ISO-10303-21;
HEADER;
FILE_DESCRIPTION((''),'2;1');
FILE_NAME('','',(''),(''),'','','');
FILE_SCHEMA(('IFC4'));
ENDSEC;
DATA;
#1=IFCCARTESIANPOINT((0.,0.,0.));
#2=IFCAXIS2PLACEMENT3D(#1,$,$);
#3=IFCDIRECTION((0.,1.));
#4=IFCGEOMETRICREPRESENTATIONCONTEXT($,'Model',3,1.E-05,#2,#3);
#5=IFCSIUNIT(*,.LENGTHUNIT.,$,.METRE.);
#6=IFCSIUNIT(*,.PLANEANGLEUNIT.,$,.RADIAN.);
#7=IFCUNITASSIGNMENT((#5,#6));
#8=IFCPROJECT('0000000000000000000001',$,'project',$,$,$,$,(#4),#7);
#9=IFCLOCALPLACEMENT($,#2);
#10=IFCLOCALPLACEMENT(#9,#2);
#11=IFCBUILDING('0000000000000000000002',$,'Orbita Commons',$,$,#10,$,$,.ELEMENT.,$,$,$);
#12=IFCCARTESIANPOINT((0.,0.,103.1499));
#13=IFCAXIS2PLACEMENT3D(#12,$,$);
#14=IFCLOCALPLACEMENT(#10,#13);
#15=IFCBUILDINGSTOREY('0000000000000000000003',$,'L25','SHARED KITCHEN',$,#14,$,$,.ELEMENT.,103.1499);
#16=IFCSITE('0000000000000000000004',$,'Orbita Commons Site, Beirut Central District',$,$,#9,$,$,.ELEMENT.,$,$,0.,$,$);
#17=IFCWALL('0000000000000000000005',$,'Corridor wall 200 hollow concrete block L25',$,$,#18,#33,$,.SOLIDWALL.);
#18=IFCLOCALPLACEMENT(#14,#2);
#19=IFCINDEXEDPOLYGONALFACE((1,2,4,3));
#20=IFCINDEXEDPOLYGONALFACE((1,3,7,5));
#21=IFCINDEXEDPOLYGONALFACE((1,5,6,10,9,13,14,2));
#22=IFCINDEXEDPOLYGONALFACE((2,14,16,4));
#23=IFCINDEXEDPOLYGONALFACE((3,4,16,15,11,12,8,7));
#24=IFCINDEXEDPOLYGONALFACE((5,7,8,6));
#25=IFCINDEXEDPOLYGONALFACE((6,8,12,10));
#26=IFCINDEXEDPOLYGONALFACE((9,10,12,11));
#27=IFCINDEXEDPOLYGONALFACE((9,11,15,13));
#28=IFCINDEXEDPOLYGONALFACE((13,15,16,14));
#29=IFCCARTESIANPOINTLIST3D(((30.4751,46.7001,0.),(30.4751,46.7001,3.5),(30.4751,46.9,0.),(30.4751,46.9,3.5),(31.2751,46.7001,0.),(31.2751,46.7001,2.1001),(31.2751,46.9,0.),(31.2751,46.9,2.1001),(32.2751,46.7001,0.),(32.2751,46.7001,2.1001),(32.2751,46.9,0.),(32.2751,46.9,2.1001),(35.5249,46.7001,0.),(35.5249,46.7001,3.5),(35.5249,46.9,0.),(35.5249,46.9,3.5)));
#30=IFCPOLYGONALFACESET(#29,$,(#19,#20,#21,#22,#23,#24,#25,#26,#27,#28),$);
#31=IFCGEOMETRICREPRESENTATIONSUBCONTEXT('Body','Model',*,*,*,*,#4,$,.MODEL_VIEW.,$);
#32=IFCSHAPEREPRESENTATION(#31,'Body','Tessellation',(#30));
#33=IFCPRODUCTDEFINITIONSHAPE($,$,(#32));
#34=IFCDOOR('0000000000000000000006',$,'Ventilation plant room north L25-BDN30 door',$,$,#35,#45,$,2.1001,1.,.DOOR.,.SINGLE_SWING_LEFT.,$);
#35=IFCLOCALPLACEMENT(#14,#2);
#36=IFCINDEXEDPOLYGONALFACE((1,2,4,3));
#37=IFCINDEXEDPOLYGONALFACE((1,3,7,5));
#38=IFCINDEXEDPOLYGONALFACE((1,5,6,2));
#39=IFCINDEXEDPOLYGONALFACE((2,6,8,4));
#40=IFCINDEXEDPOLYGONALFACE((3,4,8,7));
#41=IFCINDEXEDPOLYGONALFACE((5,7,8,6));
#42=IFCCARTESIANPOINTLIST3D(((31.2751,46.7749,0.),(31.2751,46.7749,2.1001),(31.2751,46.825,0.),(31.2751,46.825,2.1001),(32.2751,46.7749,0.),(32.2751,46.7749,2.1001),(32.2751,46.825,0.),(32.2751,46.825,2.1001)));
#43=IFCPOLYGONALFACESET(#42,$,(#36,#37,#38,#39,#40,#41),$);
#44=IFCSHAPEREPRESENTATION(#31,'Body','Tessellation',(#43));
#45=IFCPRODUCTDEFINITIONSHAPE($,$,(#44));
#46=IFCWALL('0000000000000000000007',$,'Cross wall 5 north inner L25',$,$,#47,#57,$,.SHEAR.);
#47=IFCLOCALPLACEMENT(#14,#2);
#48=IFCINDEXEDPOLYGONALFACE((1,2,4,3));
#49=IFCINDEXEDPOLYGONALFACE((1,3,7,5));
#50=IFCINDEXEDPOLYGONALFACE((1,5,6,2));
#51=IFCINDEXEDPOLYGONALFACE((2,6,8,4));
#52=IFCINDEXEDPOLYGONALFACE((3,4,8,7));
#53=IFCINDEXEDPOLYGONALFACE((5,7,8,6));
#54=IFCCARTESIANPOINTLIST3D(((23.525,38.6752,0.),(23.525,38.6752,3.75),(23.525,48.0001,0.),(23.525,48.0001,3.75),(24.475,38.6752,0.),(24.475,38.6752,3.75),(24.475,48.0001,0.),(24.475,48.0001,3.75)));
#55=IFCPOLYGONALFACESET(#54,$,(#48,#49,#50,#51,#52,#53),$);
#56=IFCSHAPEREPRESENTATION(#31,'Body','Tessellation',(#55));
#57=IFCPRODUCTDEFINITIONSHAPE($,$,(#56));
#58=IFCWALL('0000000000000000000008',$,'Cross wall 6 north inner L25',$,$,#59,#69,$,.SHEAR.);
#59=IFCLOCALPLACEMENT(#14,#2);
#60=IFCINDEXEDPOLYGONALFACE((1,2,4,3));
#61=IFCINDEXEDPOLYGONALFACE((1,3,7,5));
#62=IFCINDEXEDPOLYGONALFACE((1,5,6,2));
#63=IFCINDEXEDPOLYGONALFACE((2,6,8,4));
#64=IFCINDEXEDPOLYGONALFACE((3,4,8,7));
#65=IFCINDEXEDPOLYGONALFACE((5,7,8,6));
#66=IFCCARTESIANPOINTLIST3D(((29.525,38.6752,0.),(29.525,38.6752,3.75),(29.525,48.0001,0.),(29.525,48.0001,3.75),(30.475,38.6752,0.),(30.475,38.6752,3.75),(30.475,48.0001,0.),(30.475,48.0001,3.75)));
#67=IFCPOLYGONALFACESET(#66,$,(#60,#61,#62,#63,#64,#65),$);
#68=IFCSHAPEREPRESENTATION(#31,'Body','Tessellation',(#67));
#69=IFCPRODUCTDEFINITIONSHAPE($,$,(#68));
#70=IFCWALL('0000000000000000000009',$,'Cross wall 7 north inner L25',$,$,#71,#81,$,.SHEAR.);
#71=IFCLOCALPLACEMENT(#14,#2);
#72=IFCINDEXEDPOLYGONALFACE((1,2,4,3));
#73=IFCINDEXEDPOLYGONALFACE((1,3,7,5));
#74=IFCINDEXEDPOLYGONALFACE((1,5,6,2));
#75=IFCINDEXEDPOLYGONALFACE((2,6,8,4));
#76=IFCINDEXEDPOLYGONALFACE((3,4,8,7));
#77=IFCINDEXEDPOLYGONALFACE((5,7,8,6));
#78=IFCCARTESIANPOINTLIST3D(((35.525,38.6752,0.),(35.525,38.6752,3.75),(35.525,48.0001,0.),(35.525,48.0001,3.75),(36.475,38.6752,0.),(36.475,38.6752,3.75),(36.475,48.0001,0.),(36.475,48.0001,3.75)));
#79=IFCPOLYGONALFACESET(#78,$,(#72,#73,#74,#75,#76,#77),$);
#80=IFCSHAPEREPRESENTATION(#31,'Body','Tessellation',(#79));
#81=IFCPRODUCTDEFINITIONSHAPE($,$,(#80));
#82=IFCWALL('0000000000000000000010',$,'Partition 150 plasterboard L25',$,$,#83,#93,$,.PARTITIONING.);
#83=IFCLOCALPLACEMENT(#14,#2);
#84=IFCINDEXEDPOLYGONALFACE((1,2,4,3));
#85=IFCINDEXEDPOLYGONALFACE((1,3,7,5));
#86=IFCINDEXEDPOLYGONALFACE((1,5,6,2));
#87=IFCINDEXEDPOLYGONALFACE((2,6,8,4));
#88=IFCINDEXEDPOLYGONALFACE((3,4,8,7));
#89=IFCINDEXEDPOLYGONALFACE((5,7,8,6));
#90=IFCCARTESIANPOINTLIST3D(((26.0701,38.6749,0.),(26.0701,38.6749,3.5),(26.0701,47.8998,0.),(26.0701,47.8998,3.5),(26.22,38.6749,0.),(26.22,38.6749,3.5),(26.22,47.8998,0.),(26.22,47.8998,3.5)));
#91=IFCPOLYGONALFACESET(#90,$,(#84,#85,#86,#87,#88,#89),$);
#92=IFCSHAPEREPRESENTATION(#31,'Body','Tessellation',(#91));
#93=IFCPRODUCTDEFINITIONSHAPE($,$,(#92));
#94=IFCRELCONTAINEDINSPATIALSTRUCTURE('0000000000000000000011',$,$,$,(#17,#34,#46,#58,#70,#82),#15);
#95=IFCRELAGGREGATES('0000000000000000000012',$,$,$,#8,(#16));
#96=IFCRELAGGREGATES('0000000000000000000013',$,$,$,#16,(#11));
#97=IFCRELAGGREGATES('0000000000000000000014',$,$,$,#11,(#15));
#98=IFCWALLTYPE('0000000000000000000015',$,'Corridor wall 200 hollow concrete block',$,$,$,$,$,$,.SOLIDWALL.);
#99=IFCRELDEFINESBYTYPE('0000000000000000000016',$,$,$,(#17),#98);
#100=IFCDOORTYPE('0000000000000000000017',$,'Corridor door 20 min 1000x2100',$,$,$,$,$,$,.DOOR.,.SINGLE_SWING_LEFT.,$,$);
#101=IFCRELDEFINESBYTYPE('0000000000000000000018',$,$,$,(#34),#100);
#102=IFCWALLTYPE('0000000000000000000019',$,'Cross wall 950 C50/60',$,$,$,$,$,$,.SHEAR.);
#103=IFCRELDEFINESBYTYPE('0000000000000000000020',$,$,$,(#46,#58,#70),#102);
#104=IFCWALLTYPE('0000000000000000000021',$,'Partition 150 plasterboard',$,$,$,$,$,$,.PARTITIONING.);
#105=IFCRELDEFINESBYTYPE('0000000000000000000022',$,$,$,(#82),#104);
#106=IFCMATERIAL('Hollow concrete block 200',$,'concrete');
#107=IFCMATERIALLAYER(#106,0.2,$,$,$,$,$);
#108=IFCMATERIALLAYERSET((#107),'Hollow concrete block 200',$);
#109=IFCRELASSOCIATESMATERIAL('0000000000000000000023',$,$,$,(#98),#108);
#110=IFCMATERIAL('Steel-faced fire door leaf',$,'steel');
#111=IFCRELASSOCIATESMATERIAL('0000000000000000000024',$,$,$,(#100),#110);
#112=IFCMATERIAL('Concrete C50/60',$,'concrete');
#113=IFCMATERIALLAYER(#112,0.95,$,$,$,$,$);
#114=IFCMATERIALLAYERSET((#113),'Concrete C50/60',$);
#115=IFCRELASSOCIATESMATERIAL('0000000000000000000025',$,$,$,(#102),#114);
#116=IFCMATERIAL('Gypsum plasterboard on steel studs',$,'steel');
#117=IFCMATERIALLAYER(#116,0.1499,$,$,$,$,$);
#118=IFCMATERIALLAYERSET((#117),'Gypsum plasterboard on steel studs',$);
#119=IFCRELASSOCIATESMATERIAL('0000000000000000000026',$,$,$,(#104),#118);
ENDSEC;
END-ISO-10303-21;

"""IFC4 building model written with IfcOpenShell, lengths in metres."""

from ifc_helpers import new_model, si_unit, direction, frame, frame_2d, origin, place, context, subcontext, project, spatial, rectangle, extrude, material, layer, layer_set, type_object, element, fill, save


model = new_model("IFC4")

# Units and contexts
model_context = context("Model", 3, precision=1e-05, world=origin(), true_north=direction((0.0, 1.0)))
body_context = subcontext(model_context, "Body", "Model", "MODEL_VIEW")
ifc_project = project(units=[si_unit("LENGTHUNIT", "METRE"), si_unit("PLANEANGLEUNIT", "RADIAN")], contexts=[model_context])

# Site, building, storey
site_placement = place(None, origin())
site = spatial("IfcSite", under=ifc_project, at=site_placement, Name="Orbita Commons Site, Beirut Central District", CompositionType="ELEMENT", RefElevation=0.0)
building_placement = place(site_placement, origin())
building = spatial("IfcBuilding", under=site, at=building_placement, Name="Orbita Commons", CompositionType="ELEMENT")
storey_placement = place(building_placement, frame((0.0, 0.0, 103.1499)))
storey = spatial("IfcBuildingStorey", under=building, at=storey_placement, Name="L25", Description="SHARED KITCHEN", CompositionType="ELEMENT", Elevation=103.1499)

# Shared definitions
ifc_material_1 = material(Name="Hollow concrete block 200", Category="concrete")
ifc_layer_1 = layer(ifc_material_1, 0.2)
ifc_layer_set_1 = layer_set([ifc_layer_1], Name="Hollow concrete block 200")
wall_type_1 = type_object("IfcWallType", Name="Corridor wall 200 hollow concrete block", PredefinedType="SOLIDWALL", material=ifc_layer_set_1)

# Wall, opening, door
wall_1_placement = place(storey_placement, frame((30.4751, 46.8, 0.0), z_axis=(0.0, 0.0, 1.0), x_axis=(1.0, 0.0, 0.0)))
wall_1 = element("IfcWall", 1, at=wall_1_placement, inside=storey, type_object=wall_type_1, Name="Corridor wall 200 hollow concrete block L25", PredefinedType="SOLIDWALL", context=body_context, shape_type="SweptSolid", body=[
    extrude(rectangle(XDim=5.0498, YDim=0.2, at=frame_2d((2.5249, 0.0))), origin(), (0.0, 0.0, 1.0), 3.5),
])
opening_1_placement = place(wall_1_placement, frame((0.8, 0.0, 0.0)))
opening_1 = element("IfcOpeningElement", 2, at=opening_1_placement, cuts=wall_1, PredefinedType="OPENING", context=body_context, shape_type="SweptSolid", body=[
    extrude(rectangle(XDim=1.0, YDim=2.1001, at=frame_2d((0.5, 1.05))), frame((0.0, 0.1099, 0.0), z_axis=(0.0, -1.0, 0.0), x_axis=(1.0, 0.0, 0.0)), (0.0, 0.0, 1.0), 0.22),
])
ifc_material_2 = material(Name="Steel-faced fire door leaf", Category="steel")
door_type_1 = type_object("IfcDoorType", Name="Corridor door 20 min 1000x2100", OperationType="SINGLE_SWING_LEFT", PredefinedType="DOOR", material=ifc_material_2)
door_1_placement = place(opening_1_placement, origin())
door_1 = element("IfcDoor", 3, at=door_1_placement, inside=storey, type_object=door_type_1, Name="Ventilation plant room north L25-BDN30 door", OperationType="SINGLE_SWING_LEFT", OverallHeight=2.1001, OverallWidth=1.0, PredefinedType="DOOR", context=body_context, shape_type="SweptSolid", body=[
    extrude(rectangle(XDim=1.0, YDim=2.1001, at=frame_2d((0.5, 1.05))), frame((0.0, 0.0249, 0.0), z_axis=(0.0, -1.0, 0.0), x_axis=(1.0, 0.0, 0.0)), (0.0, 0.0, 1.0), 0.05),
])
fill(opening_1, door_1)

# Walls
ifc_material_3 = material(Name="Concrete C50/60", Category="concrete")
ifc_layer_2 = layer(ifc_material_3, 0.95)
ifc_layer_set_2 = layer_set([ifc_layer_2], Name="Concrete C50/60")
wall_type_2 = type_object("IfcWallType", Name="Cross wall 950 C50/60", PredefinedType="SHEAR", material=ifc_layer_set_2)
for number, where, z_axis, x_axis, name in (
    (4, (24.0, 38.675, 0.0), (0.0, 0.0, 1.0), (0.0, 1.0, 0.0), "Cross wall 5 north inner L25"),
    (5, (30.0, 38.675, 0.0), (0.0, 0.0, 1.0), (0.0, 1.0, 0.0), "Cross wall 6 north inner L25"),
    (6, (36.0, 38.675, 0.0), (0.0, 0.0, 1.0), (0.0, 1.0, 0.0), "Cross wall 7 north inner L25"),
):
    element("IfcWall", number, at=place(storey_placement, frame(where, z_axis=z_axis, x_axis=x_axis)), inside=storey, type_object=wall_type_2, Name=name, PredefinedType="SHEAR", context=body_context, shape_type="SweptSolid", body=[
        extrude(rectangle(XDim=9.325, YDim=0.95, at=frame_2d((4.6626, 0.0))), origin(), (0.0, 0.0, 1.0), 3.75),
    ])
ifc_material_4 = material(Name="Gypsum plasterboard on steel studs", Category="steel")
ifc_layer_3 = layer(ifc_material_4, 0.1499)
ifc_layer_set_3 = layer_set([ifc_layer_3], Name="Gypsum plasterboard on steel studs")
wall_type_3 = type_object("IfcWallType", Name="Partition 150 plasterboard", PredefinedType="PARTITIONING", material=ifc_layer_set_3)
wall_2_placement = place(storey_placement, frame((26.145, 38.675, 0.0), z_axis=(0.0, 0.0, 1.0), x_axis=(0.0, 1.0, 0.0)))
element("IfcWall", 7, at=wall_2_placement, inside=storey, type_object=wall_type_3, Name="Partition 150 plasterboard L25", PredefinedType="PARTITIONING", context=body_context, shape_type="SweptSolid", body=[
    extrude(rectangle(XDim=9.2249, YDim=0.1499, at=frame_2d((4.6123, 0.0))), origin(), (0.0, 0.0, 1.0), 3.5),
])

save(model, "model.ifc")
